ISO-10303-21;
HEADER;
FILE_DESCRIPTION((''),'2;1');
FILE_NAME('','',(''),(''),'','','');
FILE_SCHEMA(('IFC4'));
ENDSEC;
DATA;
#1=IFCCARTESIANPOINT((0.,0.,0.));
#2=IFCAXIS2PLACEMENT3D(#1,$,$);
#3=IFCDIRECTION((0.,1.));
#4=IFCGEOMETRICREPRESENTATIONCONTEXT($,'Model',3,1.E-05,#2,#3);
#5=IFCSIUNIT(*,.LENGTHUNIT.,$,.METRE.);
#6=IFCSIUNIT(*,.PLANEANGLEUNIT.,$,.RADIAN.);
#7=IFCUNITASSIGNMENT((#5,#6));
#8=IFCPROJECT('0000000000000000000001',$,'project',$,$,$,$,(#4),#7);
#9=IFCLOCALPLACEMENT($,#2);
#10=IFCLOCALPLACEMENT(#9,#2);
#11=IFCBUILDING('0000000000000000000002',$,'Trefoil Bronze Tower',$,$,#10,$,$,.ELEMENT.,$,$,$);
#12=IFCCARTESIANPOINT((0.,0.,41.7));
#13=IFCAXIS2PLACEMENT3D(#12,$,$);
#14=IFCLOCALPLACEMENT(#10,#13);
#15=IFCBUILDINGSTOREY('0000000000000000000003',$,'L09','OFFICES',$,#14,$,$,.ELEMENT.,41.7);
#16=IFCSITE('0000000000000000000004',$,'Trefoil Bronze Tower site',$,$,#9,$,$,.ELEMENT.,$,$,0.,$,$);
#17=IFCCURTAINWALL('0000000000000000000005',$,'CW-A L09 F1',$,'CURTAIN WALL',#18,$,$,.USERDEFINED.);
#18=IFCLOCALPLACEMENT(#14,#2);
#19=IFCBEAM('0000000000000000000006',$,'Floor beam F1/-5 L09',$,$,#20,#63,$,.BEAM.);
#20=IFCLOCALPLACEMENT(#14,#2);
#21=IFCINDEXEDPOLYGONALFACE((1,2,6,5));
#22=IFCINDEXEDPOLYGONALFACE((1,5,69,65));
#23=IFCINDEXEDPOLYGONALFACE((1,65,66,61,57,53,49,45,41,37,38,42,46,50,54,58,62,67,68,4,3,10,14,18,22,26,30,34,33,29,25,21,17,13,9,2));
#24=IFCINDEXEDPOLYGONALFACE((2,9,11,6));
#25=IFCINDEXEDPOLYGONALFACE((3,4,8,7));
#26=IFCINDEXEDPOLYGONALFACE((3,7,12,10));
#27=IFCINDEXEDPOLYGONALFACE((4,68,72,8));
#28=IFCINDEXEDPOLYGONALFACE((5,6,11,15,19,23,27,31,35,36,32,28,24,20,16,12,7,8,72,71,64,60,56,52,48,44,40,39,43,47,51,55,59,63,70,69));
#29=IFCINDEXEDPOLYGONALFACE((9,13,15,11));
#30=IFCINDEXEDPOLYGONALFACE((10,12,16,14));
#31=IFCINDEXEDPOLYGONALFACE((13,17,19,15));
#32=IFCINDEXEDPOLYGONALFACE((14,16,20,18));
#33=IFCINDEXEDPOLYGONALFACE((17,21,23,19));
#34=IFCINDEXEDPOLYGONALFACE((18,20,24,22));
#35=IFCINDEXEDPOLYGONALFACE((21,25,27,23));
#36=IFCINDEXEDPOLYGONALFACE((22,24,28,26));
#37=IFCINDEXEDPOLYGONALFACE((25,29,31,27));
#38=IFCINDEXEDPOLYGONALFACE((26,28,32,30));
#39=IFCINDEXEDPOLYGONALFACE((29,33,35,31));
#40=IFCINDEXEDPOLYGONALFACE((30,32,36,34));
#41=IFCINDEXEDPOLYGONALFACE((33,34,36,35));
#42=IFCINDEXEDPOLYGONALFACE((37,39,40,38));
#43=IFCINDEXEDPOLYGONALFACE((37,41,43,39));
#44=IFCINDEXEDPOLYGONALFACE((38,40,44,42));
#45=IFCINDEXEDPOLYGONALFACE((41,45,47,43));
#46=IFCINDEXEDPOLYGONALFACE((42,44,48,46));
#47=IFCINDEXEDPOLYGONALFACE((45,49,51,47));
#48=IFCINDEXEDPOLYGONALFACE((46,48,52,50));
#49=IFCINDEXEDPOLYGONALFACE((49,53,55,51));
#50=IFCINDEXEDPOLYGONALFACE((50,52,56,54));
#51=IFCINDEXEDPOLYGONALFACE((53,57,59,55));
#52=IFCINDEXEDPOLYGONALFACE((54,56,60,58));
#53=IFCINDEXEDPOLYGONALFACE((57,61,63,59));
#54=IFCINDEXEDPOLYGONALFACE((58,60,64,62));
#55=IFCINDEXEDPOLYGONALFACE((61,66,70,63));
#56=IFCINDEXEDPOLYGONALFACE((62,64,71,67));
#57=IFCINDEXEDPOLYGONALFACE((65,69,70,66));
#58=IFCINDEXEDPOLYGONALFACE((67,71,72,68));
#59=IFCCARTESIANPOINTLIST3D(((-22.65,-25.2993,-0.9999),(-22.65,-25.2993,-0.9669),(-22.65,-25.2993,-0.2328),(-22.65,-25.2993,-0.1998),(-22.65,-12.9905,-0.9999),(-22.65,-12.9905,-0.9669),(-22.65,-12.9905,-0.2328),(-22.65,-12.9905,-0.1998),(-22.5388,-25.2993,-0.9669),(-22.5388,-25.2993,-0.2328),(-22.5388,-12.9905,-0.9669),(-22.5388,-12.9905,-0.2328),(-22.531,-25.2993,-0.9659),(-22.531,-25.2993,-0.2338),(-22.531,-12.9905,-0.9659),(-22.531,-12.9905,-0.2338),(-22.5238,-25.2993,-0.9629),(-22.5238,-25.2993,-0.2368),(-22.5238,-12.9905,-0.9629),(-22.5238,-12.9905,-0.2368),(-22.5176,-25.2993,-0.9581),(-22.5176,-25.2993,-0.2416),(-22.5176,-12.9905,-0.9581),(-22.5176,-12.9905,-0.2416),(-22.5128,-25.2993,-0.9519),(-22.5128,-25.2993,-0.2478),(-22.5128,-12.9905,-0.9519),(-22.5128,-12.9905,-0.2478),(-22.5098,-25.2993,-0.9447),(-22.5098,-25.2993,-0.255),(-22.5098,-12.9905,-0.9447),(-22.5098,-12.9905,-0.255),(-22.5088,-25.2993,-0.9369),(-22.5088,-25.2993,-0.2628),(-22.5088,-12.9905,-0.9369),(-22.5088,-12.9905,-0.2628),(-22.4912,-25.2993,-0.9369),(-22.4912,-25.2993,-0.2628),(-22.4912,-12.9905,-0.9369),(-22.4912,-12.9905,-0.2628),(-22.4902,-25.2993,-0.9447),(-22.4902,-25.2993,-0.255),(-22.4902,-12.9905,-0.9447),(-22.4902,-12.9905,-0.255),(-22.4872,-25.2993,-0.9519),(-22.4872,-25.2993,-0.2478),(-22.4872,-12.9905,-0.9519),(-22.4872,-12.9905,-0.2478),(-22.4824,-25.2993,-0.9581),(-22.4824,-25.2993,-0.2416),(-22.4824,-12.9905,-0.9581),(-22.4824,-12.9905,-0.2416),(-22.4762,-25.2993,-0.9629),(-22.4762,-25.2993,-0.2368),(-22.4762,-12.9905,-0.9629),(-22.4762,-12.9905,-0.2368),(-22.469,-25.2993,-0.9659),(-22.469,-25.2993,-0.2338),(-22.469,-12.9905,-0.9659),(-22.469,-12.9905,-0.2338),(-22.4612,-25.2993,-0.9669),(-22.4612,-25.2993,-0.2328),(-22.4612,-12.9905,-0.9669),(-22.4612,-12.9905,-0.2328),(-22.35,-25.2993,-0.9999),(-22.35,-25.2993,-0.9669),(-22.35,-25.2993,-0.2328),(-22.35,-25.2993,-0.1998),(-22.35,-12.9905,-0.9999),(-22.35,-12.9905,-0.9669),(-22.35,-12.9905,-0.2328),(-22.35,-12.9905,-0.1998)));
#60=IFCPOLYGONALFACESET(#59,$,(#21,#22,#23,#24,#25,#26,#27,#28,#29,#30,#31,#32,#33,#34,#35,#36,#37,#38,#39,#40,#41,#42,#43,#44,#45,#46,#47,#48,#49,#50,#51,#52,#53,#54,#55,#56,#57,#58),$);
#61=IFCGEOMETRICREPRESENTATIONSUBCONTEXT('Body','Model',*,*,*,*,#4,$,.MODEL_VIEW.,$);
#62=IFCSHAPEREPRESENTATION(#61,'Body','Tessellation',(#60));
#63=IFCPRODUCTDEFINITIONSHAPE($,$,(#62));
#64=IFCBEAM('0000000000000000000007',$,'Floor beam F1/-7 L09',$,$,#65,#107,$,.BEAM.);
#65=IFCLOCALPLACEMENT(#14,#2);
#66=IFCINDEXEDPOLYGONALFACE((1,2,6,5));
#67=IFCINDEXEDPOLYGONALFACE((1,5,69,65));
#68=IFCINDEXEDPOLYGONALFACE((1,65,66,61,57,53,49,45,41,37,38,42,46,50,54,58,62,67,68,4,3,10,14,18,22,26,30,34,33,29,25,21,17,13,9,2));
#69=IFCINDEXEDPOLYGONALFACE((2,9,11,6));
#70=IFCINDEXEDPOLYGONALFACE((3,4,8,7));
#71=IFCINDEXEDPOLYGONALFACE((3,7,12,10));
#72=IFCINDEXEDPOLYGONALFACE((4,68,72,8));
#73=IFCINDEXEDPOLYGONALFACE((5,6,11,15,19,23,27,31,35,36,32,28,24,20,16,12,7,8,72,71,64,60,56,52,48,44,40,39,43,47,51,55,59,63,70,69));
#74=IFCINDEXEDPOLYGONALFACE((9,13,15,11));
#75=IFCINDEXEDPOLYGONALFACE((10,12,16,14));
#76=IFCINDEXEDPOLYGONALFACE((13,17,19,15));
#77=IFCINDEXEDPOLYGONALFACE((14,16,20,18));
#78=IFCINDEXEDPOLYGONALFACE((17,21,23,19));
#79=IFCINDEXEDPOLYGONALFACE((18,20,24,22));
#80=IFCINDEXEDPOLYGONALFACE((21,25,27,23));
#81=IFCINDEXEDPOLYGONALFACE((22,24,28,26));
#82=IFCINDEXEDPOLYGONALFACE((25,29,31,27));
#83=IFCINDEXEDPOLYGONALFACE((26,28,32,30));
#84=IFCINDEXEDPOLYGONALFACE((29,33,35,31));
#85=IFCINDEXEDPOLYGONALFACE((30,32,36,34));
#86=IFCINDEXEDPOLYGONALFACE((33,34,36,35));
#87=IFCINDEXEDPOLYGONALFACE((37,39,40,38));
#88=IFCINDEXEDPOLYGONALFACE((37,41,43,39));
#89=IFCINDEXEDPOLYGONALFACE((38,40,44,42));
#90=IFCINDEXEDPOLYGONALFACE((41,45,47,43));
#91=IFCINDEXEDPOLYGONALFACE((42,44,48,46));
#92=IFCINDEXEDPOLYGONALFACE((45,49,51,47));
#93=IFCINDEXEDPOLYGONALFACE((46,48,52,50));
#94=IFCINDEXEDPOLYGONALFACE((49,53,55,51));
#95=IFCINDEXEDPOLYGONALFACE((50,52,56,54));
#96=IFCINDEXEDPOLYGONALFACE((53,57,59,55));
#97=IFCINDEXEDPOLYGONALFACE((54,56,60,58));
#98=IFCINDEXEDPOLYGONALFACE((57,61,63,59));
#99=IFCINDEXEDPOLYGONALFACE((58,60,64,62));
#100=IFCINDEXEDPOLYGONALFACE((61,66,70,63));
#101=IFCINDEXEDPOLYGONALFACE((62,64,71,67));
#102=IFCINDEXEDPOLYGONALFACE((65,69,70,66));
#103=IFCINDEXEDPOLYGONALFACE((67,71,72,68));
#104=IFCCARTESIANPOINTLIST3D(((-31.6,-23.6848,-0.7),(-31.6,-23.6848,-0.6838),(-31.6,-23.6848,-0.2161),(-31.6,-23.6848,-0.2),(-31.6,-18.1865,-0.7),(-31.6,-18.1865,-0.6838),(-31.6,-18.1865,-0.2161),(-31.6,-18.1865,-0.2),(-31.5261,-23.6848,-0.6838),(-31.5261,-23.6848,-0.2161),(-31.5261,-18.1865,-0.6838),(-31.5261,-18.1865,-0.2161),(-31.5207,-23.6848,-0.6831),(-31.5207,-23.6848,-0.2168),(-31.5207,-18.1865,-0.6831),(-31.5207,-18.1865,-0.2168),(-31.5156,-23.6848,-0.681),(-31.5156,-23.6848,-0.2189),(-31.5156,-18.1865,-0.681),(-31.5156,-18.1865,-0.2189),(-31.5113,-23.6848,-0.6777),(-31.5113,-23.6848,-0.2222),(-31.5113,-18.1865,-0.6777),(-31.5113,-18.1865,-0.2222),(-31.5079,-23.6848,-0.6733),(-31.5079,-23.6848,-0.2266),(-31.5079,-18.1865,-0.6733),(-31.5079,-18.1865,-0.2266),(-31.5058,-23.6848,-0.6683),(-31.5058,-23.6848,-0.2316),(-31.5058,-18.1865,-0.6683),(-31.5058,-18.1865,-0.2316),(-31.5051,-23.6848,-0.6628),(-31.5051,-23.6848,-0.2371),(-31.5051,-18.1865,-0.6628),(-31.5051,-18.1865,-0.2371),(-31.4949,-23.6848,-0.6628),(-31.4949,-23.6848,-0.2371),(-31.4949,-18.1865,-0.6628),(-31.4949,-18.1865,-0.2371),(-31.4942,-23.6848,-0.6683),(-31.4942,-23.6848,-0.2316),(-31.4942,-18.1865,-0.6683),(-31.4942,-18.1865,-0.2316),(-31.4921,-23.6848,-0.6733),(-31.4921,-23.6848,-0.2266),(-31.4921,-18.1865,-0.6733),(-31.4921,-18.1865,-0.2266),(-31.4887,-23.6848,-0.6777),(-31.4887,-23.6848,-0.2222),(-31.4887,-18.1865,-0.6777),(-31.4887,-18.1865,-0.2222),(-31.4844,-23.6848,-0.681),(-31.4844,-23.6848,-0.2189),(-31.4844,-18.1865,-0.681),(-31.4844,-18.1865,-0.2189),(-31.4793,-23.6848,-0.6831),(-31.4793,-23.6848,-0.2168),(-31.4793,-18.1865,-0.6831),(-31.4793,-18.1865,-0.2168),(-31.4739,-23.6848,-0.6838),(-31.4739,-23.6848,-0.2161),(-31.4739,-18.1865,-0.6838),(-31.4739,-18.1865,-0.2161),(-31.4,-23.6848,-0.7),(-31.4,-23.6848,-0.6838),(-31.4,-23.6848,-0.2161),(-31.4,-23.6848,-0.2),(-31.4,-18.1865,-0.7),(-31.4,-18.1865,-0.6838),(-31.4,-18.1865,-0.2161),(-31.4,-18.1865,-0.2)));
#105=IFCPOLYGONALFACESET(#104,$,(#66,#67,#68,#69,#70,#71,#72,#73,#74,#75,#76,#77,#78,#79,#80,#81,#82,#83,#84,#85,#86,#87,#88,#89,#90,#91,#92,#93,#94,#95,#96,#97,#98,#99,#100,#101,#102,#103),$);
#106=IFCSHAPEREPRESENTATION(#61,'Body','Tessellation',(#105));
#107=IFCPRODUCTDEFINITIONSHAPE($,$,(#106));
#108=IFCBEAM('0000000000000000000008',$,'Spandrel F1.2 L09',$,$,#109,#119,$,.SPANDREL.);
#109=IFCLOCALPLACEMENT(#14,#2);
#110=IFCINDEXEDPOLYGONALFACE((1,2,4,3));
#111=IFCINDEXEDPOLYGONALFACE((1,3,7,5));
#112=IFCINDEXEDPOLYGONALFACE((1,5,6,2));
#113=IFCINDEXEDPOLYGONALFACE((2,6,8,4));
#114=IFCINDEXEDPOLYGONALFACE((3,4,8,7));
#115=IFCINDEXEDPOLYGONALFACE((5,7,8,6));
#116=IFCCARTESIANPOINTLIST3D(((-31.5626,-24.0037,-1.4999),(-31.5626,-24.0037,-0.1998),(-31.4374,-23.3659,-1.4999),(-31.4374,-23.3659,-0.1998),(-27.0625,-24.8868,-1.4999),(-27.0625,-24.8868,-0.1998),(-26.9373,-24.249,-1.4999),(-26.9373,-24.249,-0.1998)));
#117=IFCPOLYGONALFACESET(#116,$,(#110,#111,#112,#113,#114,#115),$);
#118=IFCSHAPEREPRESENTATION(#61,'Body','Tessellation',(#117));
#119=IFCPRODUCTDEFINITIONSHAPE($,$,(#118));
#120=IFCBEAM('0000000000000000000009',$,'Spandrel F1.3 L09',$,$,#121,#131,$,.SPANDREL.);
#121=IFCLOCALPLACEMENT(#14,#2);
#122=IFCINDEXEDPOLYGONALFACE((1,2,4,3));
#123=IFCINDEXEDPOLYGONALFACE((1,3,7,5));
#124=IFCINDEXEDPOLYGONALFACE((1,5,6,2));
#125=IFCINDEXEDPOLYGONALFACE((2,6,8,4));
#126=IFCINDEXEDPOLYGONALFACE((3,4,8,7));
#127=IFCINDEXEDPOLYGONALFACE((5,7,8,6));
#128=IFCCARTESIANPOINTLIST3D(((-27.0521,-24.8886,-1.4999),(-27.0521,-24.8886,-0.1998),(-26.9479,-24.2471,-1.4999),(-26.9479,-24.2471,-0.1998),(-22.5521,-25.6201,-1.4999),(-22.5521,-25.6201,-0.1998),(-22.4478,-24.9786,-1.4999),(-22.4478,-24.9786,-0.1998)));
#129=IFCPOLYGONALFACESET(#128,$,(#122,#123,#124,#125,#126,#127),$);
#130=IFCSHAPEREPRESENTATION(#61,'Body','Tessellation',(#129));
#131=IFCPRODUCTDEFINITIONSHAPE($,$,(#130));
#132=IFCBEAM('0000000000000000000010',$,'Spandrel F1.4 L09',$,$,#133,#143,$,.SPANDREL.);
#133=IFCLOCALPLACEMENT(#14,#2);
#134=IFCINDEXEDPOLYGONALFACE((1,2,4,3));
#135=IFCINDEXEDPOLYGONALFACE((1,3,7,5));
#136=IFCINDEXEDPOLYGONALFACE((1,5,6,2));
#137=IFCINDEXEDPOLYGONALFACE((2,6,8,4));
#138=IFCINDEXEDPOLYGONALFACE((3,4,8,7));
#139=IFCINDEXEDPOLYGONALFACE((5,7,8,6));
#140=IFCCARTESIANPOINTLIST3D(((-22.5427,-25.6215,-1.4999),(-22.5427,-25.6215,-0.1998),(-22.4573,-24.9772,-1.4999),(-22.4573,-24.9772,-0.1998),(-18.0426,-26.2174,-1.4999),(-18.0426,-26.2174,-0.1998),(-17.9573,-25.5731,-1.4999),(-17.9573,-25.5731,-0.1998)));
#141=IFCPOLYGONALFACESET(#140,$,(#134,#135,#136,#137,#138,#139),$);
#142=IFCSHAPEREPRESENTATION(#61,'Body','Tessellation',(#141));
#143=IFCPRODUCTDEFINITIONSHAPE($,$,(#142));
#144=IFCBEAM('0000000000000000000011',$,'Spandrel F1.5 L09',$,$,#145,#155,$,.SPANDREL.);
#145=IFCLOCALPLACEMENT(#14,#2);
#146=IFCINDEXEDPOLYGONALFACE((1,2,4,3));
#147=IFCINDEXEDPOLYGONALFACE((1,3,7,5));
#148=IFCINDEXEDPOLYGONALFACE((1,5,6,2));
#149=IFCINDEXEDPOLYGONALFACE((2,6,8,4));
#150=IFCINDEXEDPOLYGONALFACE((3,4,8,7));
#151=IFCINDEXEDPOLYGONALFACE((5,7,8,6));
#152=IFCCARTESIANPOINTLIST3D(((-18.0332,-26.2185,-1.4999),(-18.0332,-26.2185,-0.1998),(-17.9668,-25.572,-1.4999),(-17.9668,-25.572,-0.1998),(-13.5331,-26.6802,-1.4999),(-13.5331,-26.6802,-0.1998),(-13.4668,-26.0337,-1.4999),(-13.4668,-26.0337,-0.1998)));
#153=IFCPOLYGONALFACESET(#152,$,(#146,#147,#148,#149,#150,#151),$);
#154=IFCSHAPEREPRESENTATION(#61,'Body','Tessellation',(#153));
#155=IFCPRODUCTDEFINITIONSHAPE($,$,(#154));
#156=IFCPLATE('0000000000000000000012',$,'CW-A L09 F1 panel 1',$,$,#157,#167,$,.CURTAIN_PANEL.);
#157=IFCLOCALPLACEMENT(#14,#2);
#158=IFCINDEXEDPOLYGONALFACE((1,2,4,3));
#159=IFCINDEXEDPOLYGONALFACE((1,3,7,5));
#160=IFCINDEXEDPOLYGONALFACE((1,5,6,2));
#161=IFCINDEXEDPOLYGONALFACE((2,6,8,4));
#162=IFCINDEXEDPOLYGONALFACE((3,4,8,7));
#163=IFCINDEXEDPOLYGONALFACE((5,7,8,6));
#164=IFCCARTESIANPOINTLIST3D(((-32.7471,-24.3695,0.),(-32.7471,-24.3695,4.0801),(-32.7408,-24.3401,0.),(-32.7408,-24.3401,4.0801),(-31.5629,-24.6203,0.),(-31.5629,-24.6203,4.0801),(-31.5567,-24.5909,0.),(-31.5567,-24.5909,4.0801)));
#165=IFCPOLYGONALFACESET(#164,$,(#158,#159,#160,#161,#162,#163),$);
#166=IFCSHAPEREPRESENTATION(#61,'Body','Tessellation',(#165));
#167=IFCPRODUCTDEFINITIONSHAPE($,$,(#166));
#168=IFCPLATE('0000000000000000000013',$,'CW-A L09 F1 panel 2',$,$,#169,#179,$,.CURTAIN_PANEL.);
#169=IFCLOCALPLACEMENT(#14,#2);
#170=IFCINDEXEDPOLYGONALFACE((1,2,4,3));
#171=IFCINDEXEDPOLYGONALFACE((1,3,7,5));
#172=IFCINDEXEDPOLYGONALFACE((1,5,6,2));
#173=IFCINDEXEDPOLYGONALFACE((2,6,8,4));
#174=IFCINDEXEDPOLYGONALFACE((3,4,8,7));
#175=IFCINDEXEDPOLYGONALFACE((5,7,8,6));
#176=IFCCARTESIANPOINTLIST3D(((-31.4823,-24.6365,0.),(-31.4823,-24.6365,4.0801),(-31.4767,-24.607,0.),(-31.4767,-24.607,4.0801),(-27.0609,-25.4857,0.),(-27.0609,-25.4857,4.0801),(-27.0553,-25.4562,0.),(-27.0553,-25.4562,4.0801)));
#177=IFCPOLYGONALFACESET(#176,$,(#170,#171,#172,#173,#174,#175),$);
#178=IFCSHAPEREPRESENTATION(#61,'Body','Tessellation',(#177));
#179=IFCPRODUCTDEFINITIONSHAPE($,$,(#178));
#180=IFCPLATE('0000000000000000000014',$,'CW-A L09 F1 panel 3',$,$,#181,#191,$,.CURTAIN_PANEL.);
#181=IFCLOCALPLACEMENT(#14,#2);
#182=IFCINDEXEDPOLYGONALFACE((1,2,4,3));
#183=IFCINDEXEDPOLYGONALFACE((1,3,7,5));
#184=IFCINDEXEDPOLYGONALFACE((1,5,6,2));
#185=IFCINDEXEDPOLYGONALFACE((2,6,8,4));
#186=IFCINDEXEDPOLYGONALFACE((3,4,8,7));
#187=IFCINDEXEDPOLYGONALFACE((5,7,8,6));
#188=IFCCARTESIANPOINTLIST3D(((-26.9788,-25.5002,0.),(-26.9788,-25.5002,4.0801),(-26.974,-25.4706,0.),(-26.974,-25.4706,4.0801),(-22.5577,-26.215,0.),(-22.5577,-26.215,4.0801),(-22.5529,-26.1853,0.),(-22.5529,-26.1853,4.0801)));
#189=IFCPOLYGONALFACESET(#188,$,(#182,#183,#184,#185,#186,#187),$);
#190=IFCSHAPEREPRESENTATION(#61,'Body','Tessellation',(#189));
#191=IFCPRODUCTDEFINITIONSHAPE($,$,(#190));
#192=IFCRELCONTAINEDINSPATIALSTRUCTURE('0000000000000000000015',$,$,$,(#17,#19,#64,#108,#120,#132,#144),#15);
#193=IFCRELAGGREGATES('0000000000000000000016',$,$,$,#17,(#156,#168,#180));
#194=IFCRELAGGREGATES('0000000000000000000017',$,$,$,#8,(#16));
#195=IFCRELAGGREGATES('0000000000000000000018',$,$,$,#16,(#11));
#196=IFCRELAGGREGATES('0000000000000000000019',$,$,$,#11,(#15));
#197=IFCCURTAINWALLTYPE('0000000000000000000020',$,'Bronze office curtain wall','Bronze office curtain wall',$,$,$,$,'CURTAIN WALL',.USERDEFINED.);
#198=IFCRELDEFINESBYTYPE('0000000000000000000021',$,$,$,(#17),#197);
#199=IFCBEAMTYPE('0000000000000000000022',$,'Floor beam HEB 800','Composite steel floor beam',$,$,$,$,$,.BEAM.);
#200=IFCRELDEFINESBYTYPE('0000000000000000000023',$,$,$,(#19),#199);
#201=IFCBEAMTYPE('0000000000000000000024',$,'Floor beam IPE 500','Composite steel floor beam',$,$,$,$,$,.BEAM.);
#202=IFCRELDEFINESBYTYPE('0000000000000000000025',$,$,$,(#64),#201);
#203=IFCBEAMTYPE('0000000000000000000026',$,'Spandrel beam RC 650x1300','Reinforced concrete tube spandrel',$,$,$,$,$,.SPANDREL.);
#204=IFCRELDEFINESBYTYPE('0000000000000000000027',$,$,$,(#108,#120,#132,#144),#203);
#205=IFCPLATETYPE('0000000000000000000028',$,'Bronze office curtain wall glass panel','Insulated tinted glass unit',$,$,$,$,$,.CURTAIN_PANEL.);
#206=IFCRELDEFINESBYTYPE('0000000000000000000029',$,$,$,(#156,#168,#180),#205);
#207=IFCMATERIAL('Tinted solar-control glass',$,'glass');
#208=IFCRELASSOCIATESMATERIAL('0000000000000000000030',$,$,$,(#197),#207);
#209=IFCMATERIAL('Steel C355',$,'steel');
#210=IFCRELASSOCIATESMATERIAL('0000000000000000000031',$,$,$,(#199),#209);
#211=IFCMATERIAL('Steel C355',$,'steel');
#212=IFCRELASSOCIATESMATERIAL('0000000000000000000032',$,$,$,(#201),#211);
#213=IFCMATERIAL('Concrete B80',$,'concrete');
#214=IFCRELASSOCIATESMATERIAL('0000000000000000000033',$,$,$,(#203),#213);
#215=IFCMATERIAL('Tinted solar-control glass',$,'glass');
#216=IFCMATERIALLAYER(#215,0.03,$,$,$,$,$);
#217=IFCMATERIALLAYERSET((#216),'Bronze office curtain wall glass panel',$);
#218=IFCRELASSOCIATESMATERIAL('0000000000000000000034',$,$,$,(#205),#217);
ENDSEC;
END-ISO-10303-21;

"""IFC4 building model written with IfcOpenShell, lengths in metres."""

from ifc_helpers import new_model, si_unit, direction, frame, origin, origin_2d, place, context, subcontext, project, spatial, rectangle, i_section, extrude, material, layer, layer_set, material_profile, profile_set, type_object, element, aggregate, save


model = new_model("IFC4")

# Units and contexts
model_context = context("Model", 3, precision=1e-05, world=origin(), true_north=direction((0.0, 1.0)))
body_context = subcontext(model_context, "Body", "Model", "MODEL_VIEW")
ifc_project = project(units=[si_unit("LENGTHUNIT", "METRE"), si_unit("PLANEANGLEUNIT", "RADIAN")], contexts=[model_context])

# Site, building, storey
site_placement = place(None, origin())
site = spatial("IfcSite", under=ifc_project, at=site_placement, Name="Trefoil Bronze Tower site", CompositionType="ELEMENT", RefElevation=0.0)
building_placement = place(site_placement, origin())
building = spatial("IfcBuilding", under=site, at=building_placement, Name="Trefoil Bronze Tower", CompositionType="ELEMENT")
storey_placement = place(building_placement, frame((0.0, 0.0, 41.7)))
storey = spatial("IfcBuildingStorey", under=building, at=storey_placement, Name="L09", Description="OFFICES", CompositionType="ELEMENT", Elevation=41.7)

# Curtain wall
ifc_material_1 = material(Name="Tinted solar-control glass", Category="glass")
curtain_wall_type_1 = type_object("IfcCurtainWallType", Name="Bronze office curtain wall", Description="Bronze office curtain wall", ElementType="CURTAIN WALL", PredefinedType="USERDEFINED", material=ifc_material_1)
curtain_wall_1_placement = place(storey_placement, origin())
curtain_wall_1 = element("IfcCurtainWall", 1, at=curtain_wall_1_placement, inside=storey, type_object=curtain_wall_type_1, Name="CW-A L09 F1", ObjectType="CURTAIN WALL", PredefinedType="USERDEFINED")

# Beams
ifc_material_2 = material(Name="Steel C355", Category="steel")
ifc_material_profile_1 = material_profile(ifc_material_2, i_section(OverallWidth=0.3, OverallDepth=0.8, WebThickness=0.0176, FlangeThickness=0.033, FilletRadius=0.03, at=origin_2d()), Name="HEB 800")
ifc_profile_set_1 = profile_set([ifc_material_profile_1], Name="Steel C355")
beam_type_1 = type_object("IfcBeamType", Name="Floor beam HEB 800", Description="Composite steel floor beam", PredefinedType="BEAM", material=ifc_profile_set_1)
beam_1_placement = place(storey_placement, frame((-22.5, -25.2993, -0.5999), z_axis=(0.0, 1.0, 0.0), x_axis=(-1.0, 0.0, 0.0)))
element("IfcBeam", 2, at=beam_1_placement, inside=storey, type_object=beam_type_1, Name="Floor beam F1/-5 L09", PredefinedType="BEAM", context=body_context, shape_type="SweptSolid", body=[
    extrude(i_section(OverallWidth=0.3, OverallDepth=0.8, WebThickness=0.0176, FlangeThickness=0.033, FilletRadius=0.03, at=origin_2d()), origin(), (0.0, 0.0, 1.0), 12.3088),
])
ifc_material_3 = material(Name="Steel C355", Category="steel")
ifc_material_profile_2 = material_profile(ifc_material_3, i_section(OverallWidth=0.2, OverallDepth=0.5, WebThickness=0.0103, FlangeThickness=0.0161, FilletRadius=0.021, at=origin_2d()), Name="IPE 500")
ifc_profile_set_2 = profile_set([ifc_material_profile_2], Name="Steel C355")
beam_type_2 = type_object("IfcBeamType", Name="Floor beam IPE 500", Description="Composite steel floor beam", PredefinedType="BEAM", material=ifc_profile_set_2)
beam_2_placement = place(storey_placement, frame((-31.5, -23.6848, -0.45), z_axis=(0.0, 1.0, 0.0), x_axis=(-1.0, 0.0, 0.0)))
element("IfcBeam", 3, at=beam_2_placement, inside=storey, type_object=beam_type_2, Name="Floor beam F1/-7 L09", PredefinedType="BEAM", context=body_context, shape_type="SweptSolid", body=[
    extrude(i_section(OverallWidth=0.2, OverallDepth=0.5, WebThickness=0.0103, FlangeThickness=0.0161, FilletRadius=0.021, at=origin_2d()), origin(), (0.0, 0.0, 1.0), 5.4983),
])
ifc_material_4 = material(Name="Concrete B80", Category="concrete")
ifc_material_profile_3 = material_profile(ifc_material_4, rectangle(XDim=0.6499, YDim=1.3, at=origin_2d()), Name="RC 650x1300")
ifc_profile_set_3 = profile_set([ifc_material_profile_3], Name="Concrete B80")
beam_type_3 = type_object("IfcBeamType", Name="Spandrel beam RC 650x1300", Description="Reinforced concrete tube spandrel", PredefinedType="SPANDREL", material=ifc_profile_set_3)
beam_3_placement = place(storey_placement, frame((-31.5, -23.6848, -0.8499), z_axis=(0.981285, -0.192562, 0.0), x_axis=(0.192562, 0.981285, 0.0)))
element("IfcBeam", 4, at=beam_3_placement, inside=storey, type_object=beam_type_3, Name="Spandrel F1.2 L09", PredefinedType="SPANDREL", context=body_context, shape_type="SweptSolid", body=[
    extrude(rectangle(XDim=0.6499, YDim=1.3, at=origin_2d()), origin(), (0.0, 0.0, 1.0), 4.5859),
])
beam_4_placement = place(storey_placement, frame((-27.0, -24.5679, -0.8499), z_axis=(0.987046, -0.160438, 0.0), x_axis=(0.160438, 0.987046, 0.0)))
element("IfcBeam", 5, at=beam_4_placement, inside=storey, type_object=beam_type_3, Name="Spandrel F1.3 L09", PredefinedType="SPANDREL", context=body_context, shape_type="SweptSolid", body=[
    extrude(rectangle(XDim=0.6499, YDim=1.3, at=origin_2d()), origin(), (0.0, 0.0, 1.0), 4.5591),
])
beam_5_placement = place(storey_placement, frame((-22.5, -25.2993, -0.8499), z_axis=(0.991344, -0.131286, 0.0), x_axis=(0.131286, 0.991344, 0.0)))
element("IfcBeam", 6, at=beam_5_placement, inside=storey, type_object=beam_type_3, Name="Spandrel F1.4 L09", PredefinedType="SPANDREL", context=body_context, shape_type="SweptSolid", body=[
    extrude(rectangle(XDim=0.6499, YDim=1.3, at=origin_2d()), origin(), (0.0, 0.0, 1.0), 4.5393),
])
beam_6_placement = place(storey_placement, frame((-18.0, -25.8953, -0.8499), z_axis=(0.994778, -0.102058, 0.0), x_axis=(0.102058, 0.994778, 0.0)))
element("IfcBeam", 7, at=beam_6_placement, inside=storey, type_object=beam_type_3, Name="Spandrel F1.5 L09", PredefinedType="SPANDREL", context=body_context, shape_type="SweptSolid", body=[
    extrude(rectangle(XDim=0.6499, YDim=1.3, at=origin_2d()), origin(), (0.0, 0.0, 1.0), 4.5237),
])

# Plates
ifc_material_5 = material(Name="Tinted solar-control glass", Category="glass")
ifc_layer_1 = layer(ifc_material_5, 0.03)
ifc_layer_set_1 = layer_set([ifc_layer_1], Name="Bronze office curtain wall glass panel")
plate_type_1 = type_object("IfcPlateType", Name="Bronze office curtain wall glass panel", Description="Insulated tinted glass unit", PredefinedType="CURTAIN_PANEL", material=ifc_layer_set_1)
plate_1_placement = place(storey_placement, frame((-32.1519, -24.4802, 0.0), z_axis=(0.0, 0.0, 1.0), x_axis=(0.978303, -0.207181, 0.0)))
plate_1 = element("IfcPlate", 8, at=plate_1_placement, type_object=plate_type_1, Name="CW-A L09 F1 panel 1", PredefinedType="CURTAIN_PANEL", context=body_context, shape_type="SweptSolid", body=[
    extrude(rectangle(XDim=1.2104, YDim=0.03, at=origin_2d()), origin(), (0.0, 0.0, 1.0), 4.0801),
])
plate_2_placement = place(storey_placement, frame((-29.2688, -25.0464, 0.0), z_axis=(0.0, 0.0, 1.0), x_axis=(0.98205, -0.188622, 0.0)))
plate_2 = element("IfcPlate", 9, at=plate_2_placement, type_object=plate_type_1, Name="CW-A L09 F1 panel 2", PredefinedType="CURTAIN_PANEL", context=body_context, shape_type="SweptSolid", body=[
    extrude(rectangle(XDim=4.5022, YDim=0.03, at=origin_2d()), origin(), (0.0, 0.0, 1.0), 4.0801),
])
plate_3_placement = place(storey_placement, frame((-24.7659, -25.8428, 0.0), z_axis=(0.0, 0.0, 1.0), x_axis=(0.987181, -0.159603, 0.0)))
plate_3 = element("IfcPlate", 10, at=plate_3_placement, type_object=plate_type_1, Name="CW-A L09 F1 panel 3", PredefinedType="CURTAIN_PANEL", context=body_context, shape_type="SweptSolid", body=[
    extrude(rectangle(XDim=4.4785, YDim=0.03, at=origin_2d()), origin(), (0.0, 0.0, 1.0), 4.0801),
])
aggregate(curtain_wall_1, [plate_1, plate_2, plate_3])

save(model, "model.ifc")
